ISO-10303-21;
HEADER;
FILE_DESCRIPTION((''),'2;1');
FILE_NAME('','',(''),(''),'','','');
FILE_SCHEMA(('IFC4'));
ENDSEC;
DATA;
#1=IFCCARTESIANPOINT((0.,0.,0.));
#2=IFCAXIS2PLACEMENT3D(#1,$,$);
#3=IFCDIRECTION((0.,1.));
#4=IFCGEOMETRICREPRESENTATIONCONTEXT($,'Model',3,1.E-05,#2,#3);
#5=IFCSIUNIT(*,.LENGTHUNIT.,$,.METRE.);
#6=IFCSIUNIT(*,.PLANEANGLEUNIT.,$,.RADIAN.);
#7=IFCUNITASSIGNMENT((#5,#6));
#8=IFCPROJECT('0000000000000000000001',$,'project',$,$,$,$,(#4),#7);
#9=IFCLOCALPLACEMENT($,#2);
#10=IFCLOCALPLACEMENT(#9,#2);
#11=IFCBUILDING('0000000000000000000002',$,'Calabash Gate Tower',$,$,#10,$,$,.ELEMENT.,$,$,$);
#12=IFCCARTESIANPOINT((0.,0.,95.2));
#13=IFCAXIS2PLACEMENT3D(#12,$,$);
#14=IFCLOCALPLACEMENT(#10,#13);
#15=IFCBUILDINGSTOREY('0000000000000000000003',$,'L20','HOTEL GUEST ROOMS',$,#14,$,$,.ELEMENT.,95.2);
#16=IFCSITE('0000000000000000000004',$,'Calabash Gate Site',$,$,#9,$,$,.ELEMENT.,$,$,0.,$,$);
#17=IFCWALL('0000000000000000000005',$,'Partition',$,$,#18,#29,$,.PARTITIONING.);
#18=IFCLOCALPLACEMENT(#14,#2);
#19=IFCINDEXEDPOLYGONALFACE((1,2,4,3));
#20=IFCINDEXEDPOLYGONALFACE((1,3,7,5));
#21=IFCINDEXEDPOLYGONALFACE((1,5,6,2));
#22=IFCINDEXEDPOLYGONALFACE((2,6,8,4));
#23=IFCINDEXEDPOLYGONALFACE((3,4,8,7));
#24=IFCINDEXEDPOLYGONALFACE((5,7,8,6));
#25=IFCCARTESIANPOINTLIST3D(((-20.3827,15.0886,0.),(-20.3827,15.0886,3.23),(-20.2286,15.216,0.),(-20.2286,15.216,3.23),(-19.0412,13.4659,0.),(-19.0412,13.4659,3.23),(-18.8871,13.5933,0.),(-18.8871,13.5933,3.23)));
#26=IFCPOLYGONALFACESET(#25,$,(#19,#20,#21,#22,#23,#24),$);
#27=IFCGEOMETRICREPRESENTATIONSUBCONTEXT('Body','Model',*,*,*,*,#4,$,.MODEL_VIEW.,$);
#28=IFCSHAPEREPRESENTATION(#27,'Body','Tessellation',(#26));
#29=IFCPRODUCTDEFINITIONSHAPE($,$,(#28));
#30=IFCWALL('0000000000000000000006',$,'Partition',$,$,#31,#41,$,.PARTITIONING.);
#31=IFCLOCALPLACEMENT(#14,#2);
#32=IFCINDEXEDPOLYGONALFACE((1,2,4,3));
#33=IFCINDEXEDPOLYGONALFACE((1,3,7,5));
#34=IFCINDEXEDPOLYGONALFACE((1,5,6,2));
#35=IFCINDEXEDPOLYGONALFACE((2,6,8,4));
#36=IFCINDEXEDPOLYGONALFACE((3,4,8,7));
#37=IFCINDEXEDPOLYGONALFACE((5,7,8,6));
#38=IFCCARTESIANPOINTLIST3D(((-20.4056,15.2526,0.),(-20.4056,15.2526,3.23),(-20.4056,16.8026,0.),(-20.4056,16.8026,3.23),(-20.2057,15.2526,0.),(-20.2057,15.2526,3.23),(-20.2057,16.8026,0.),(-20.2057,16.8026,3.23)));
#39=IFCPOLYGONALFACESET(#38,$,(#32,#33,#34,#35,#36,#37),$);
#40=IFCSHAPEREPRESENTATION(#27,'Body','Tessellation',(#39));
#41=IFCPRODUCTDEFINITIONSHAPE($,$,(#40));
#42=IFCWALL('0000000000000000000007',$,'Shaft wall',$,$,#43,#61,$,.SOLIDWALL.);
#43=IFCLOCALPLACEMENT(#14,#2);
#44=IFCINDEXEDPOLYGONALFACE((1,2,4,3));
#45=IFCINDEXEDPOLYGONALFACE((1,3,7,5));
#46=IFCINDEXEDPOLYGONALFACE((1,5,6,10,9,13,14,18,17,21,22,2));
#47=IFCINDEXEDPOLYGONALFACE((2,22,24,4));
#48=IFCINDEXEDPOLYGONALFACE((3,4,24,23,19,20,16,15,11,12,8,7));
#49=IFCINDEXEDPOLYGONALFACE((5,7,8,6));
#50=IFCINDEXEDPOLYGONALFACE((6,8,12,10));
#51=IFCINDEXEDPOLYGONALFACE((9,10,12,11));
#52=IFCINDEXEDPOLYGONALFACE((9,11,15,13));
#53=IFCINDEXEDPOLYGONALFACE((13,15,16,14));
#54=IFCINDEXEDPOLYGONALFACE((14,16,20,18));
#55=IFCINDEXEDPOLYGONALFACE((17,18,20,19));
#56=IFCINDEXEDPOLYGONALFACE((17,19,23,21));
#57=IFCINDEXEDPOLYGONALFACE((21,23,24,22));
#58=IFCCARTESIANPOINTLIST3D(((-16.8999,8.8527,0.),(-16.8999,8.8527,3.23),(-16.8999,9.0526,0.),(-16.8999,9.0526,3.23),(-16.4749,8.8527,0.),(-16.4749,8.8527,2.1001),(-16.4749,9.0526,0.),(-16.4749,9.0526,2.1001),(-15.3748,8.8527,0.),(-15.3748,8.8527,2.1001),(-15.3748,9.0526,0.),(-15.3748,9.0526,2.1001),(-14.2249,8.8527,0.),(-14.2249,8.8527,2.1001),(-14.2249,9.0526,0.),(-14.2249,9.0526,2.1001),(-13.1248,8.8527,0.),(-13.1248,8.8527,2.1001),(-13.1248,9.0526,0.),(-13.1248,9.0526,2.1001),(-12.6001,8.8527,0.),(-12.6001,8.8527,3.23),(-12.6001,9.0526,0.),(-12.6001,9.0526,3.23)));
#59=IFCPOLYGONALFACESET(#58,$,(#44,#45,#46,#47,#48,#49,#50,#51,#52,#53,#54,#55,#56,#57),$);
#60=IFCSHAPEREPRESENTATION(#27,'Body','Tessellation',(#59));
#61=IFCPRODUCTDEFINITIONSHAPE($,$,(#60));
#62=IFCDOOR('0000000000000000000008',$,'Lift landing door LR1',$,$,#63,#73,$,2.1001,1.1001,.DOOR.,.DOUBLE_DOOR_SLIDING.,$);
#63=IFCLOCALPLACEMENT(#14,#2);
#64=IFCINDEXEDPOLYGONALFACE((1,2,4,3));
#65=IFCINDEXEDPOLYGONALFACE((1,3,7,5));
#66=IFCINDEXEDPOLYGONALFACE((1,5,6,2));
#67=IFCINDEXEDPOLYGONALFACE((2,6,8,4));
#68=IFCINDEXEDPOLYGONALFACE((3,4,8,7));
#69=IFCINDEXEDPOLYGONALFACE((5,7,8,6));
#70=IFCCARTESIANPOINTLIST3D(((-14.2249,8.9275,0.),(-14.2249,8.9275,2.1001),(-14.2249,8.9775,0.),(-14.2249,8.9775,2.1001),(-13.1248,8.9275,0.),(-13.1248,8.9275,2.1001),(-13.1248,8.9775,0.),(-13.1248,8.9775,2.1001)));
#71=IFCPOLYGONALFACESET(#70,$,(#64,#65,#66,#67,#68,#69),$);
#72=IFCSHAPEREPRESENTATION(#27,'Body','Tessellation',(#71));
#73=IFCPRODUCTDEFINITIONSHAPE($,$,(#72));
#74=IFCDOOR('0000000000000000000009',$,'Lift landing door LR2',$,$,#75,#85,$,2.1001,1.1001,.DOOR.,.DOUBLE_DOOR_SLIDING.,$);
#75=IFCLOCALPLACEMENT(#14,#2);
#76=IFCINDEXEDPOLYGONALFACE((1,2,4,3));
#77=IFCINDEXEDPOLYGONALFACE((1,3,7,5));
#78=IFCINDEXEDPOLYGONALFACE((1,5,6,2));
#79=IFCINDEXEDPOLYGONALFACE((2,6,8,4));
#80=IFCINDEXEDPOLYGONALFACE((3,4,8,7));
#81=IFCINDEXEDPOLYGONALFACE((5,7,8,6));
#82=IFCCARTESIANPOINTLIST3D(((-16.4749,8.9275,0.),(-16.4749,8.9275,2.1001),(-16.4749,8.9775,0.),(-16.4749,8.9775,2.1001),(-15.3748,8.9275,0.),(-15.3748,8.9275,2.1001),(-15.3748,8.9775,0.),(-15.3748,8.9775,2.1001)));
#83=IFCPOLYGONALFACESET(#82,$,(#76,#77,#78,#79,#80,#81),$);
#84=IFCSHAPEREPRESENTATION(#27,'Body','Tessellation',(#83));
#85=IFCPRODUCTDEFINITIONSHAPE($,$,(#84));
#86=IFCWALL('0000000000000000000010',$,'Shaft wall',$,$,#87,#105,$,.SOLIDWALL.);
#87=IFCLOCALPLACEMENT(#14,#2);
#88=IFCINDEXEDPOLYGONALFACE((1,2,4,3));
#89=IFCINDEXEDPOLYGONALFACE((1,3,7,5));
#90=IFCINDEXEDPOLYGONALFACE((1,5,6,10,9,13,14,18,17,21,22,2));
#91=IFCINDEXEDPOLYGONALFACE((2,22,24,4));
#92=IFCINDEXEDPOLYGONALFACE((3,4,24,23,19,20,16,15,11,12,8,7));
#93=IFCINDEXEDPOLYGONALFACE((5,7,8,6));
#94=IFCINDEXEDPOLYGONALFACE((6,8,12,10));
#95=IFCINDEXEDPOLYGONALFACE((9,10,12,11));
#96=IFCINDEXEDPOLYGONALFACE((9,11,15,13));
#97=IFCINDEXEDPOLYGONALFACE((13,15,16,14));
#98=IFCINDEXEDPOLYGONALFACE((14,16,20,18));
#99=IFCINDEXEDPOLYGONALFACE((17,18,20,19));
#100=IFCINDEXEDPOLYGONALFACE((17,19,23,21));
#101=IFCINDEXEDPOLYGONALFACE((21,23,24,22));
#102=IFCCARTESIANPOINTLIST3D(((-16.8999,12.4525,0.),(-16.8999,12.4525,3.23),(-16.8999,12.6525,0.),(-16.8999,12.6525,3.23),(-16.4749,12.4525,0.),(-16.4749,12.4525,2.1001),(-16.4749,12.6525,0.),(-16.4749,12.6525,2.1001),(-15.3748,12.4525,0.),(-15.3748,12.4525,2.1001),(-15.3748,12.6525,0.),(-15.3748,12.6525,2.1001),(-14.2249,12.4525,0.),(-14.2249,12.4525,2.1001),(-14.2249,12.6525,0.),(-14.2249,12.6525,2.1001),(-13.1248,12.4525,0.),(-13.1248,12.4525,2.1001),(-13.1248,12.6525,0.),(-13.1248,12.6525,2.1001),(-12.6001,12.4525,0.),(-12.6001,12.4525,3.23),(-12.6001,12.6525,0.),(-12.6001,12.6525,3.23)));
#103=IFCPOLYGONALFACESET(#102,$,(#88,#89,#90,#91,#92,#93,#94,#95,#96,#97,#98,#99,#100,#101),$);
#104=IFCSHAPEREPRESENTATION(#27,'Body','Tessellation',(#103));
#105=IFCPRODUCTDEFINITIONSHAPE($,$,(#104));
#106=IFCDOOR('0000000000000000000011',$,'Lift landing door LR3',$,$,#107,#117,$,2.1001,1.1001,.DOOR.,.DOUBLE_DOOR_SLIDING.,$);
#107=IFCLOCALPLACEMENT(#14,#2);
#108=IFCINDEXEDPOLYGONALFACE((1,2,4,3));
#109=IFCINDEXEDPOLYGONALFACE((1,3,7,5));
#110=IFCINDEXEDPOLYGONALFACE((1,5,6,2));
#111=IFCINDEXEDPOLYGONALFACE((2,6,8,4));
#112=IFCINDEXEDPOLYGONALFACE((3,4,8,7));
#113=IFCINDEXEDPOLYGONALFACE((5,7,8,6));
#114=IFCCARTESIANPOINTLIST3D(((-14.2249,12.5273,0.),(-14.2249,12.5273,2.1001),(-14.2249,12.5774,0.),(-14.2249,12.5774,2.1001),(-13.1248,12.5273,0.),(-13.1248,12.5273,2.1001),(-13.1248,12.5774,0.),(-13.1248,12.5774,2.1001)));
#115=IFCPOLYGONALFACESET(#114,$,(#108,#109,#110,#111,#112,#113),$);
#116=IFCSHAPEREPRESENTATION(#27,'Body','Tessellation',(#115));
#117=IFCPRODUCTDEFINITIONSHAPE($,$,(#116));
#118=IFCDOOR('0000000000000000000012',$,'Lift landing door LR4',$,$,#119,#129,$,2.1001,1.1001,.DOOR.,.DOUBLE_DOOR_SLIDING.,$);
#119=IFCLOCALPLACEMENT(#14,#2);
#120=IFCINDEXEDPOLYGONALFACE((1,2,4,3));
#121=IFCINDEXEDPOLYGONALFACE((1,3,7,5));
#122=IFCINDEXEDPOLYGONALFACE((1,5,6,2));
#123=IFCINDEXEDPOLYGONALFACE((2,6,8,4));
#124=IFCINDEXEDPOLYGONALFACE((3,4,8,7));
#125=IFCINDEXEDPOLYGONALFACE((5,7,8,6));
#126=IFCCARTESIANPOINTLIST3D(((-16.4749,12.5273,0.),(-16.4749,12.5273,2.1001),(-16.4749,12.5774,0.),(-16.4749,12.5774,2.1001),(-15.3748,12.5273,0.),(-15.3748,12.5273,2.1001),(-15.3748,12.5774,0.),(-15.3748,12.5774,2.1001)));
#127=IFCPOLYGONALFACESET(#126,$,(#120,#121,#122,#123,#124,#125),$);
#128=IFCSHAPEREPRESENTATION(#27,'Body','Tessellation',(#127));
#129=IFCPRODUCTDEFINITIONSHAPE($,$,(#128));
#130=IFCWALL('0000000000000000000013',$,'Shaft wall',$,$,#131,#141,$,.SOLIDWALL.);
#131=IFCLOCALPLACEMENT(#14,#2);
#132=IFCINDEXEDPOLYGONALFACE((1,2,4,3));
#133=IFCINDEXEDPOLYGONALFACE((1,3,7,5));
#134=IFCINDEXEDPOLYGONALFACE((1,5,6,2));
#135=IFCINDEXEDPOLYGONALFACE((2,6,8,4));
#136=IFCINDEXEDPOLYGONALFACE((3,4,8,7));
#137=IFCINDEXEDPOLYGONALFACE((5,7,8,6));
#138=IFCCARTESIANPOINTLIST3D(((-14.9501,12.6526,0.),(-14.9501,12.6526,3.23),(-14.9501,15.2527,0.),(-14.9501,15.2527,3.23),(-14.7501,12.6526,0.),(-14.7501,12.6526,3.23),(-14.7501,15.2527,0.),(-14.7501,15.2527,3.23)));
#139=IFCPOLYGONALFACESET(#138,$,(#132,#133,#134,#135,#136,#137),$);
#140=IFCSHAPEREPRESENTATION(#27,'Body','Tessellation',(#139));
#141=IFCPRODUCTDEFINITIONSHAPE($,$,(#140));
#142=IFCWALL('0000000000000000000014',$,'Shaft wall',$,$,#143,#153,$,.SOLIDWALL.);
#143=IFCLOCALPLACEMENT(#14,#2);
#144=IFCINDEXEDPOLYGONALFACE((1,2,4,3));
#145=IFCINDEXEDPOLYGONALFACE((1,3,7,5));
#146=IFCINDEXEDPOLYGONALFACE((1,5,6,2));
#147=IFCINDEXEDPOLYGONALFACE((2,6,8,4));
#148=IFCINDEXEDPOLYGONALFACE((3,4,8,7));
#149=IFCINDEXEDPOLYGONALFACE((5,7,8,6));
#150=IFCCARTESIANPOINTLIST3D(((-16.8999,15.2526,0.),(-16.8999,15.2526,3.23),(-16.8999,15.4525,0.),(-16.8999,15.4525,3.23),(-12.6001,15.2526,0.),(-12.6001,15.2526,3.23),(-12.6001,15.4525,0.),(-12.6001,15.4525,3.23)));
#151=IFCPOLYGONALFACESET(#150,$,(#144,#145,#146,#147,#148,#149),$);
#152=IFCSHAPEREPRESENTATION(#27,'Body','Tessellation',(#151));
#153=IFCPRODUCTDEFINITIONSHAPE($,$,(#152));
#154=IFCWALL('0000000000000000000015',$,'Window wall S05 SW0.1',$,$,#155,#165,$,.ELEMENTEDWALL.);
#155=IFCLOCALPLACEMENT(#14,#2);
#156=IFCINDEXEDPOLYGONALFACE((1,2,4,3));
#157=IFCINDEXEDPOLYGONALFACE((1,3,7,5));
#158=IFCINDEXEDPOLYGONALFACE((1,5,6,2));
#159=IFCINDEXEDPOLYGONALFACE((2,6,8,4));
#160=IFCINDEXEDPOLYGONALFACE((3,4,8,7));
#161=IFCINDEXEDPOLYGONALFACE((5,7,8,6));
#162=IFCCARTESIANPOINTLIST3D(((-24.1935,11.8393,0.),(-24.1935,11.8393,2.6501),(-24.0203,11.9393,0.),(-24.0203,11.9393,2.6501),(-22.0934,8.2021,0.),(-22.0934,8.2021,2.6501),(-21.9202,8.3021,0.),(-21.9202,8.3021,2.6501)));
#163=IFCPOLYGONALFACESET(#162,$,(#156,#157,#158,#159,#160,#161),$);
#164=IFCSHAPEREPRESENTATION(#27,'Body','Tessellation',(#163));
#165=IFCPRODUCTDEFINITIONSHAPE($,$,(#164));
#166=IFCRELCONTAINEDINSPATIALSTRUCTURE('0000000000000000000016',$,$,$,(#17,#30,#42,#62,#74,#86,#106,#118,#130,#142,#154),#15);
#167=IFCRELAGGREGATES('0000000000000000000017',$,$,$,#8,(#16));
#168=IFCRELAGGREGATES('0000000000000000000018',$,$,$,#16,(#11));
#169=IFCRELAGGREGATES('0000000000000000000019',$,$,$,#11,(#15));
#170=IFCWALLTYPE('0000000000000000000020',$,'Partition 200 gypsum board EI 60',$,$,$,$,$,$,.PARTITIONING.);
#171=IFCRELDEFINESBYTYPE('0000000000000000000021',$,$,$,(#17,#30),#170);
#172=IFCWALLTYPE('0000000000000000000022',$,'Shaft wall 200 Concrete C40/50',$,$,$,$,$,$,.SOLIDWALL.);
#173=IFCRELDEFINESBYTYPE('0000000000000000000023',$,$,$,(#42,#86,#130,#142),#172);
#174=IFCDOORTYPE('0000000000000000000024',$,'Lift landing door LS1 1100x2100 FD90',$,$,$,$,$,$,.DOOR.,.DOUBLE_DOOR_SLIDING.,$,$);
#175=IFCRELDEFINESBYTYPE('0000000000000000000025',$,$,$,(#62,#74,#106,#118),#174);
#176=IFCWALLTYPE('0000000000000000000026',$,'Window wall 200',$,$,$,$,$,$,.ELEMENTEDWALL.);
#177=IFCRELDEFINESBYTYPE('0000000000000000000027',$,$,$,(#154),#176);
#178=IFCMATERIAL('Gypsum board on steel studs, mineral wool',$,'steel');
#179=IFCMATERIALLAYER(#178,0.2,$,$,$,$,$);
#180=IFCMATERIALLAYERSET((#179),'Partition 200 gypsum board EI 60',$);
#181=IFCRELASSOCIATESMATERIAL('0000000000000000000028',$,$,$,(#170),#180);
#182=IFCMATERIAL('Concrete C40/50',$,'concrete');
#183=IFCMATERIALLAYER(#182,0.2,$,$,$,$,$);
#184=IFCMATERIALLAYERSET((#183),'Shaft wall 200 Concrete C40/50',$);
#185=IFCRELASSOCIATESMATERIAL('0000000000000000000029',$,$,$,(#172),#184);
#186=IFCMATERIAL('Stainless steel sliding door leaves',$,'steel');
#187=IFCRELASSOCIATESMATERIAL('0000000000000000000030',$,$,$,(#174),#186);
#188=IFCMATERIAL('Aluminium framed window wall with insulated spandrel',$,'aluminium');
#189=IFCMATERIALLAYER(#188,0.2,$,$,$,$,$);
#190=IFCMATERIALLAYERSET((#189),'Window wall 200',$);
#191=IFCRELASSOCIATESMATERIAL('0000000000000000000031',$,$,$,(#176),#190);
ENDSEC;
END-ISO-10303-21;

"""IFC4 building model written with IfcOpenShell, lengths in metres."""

from ifc_helpers import new_model, si_unit, direction, frame, frame_2d, origin, place, context, subcontext, project, spatial, rectangle, extrude, material, layer, layer_set, type_object, element, fill, save


model = new_model("IFC4")

# Units and contexts
model_context = context("Model", 3, precision=1e-05, world=origin(), true_north=direction((0.0, 1.0)))
body_context = subcontext(model_context, "Body", "Model", "MODEL_VIEW")
ifc_project = project(units=[si_unit("LENGTHUNIT", "METRE"), si_unit("PLANEANGLEUNIT", "RADIAN")], contexts=[model_context])

# Site, building, storey
site_placement = place(None, origin())
site = spatial("IfcSite", under=ifc_project, at=site_placement, Name="Calabash Gate Site", CompositionType="ELEMENT", RefElevation=0.0)
building_placement = place(site_placement, origin())
building = spatial("IfcBuilding", under=site, at=building_placement, Name="Calabash Gate Tower", CompositionType="ELEMENT")
storey_placement = place(building_placement, frame((0.0, 0.0, 95.2)))
storey = spatial("IfcBuildingStorey", under=building, at=storey_placement, Name="L20", Description="HOTEL GUEST ROOMS", CompositionType="ELEMENT", Elevation=95.2)

# Shared definitions
ifc_material_1 = material(Name="Gypsum board on steel studs, mineral wool", Category="steel")
ifc_layer_1 = layer(ifc_material_1, 0.2)
ifc_layer_set_1 = layer_set([ifc_layer_1], Name="Partition 200 gypsum board EI 60")
wall_type_1 = type_object("IfcWallType", Name="Partition 200 gypsum board EI 60", PredefinedType="PARTITIONING", material=ifc_layer_set_1)

# Walls
wall_1_placement = place(storey_placement, frame((-20.3057, 15.1523, 0.0), z_axis=(0.0, 0.0, 1.0), x_axis=(0.637157, -0.770734, 0.0)))
element("IfcWall", 1, at=wall_1_placement, inside=storey, type_object=wall_type_1, Name="Partition", PredefinedType="PARTITIONING", context=body_context, shape_type="SweptSolid", body=[
    extrude(rectangle(XDim=2.1055, YDim=0.2, at=frame_2d((1.0527, 0.0))), origin(), (0.0, 0.0, 1.0), 3.23),
])
wall_2_placement = place(storey_placement, frame((-20.3057, 16.8025, 0.0), z_axis=(0.0, 0.0, 1.0), x_axis=(0.0, -1.0, 0.0)))
element("IfcWall", 2, at=wall_2_placement, inside=storey, type_object=wall_type_1, Name="Partition", PredefinedType="PARTITIONING", context=body_context, shape_type="SweptSolid", body=[
    extrude(rectangle(XDim=1.55, YDim=0.2, at=frame_2d((0.7749, 0.0))), origin(), (0.0, 0.0, 1.0), 3.23),
])

# Walls, openings, doors
ifc_material_2 = material(Name="Concrete C40/50", Category="concrete")
ifc_layer_2 = layer(ifc_material_2, 0.2)
ifc_layer_set_2 = layer_set([ifc_layer_2], Name="Shaft wall 200 Concrete C40/50")
wall_type_2 = type_object("IfcWallType", Name="Shaft wall 200 Concrete C40/50", PredefinedType="SOLIDWALL", material=ifc_layer_set_2)
wall_3_placement = place(storey_placement, frame((-16.8999, 8.9526, 0.0), z_axis=(0.0, 0.0, 1.0), x_axis=(1.0, 0.0, 0.0)))
wall_3 = element("IfcWall", 3, at=wall_3_placement, inside=storey, type_object=wall_type_2, Name="Shaft wall", PredefinedType="SOLIDWALL", context=body_context, shape_type="SweptSolid", body=[
    extrude(rectangle(XDim=4.2998, YDim=0.2, at=frame_2d((2.1499, 0.0))), origin(), (0.0, 0.0, 1.0), 3.23),
])
opening_1_placement = place(wall_3_placement, frame((2.675, 0.0, 0.0)))
opening_1 = element("IfcOpeningElement", 4, at=opening_1_placement, cuts=wall_3, PredefinedType="OPENING", context=body_context, shape_type="SweptSolid", body=[
    extrude(rectangle(XDim=1.1001, YDim=2.1001, at=frame_2d((0.55, 1.05))), frame((0.0, 0.1099, 0.0), z_axis=(0.0, -1.0, 0.0), x_axis=(1.0, 0.0, 0.0)), (0.0, 0.0, 1.0), 0.22),
])
opening_2_placement = place(wall_3_placement, frame((0.425, 0.0, 0.0)))
opening_2 = element("IfcOpeningElement", 5, at=opening_2_placement, cuts=wall_3, PredefinedType="OPENING", context=body_context, shape_type="SweptSolid", body=[
    extrude(rectangle(XDim=1.1001, YDim=2.1001, at=frame_2d((0.55, 1.05))), frame((0.0, 0.1099, 0.0), z_axis=(0.0, -1.0, 0.0), x_axis=(1.0, 0.0, 0.0)), (0.0, 0.0, 1.0), 0.22),
])
ifc_material_3 = material(Name="Stainless steel sliding door leaves", Category="steel")
door_type_1 = type_object("IfcDoorType", Name="Lift landing door LS1 1100x2100 FD90", OperationType="DOUBLE_DOOR_SLIDING", PredefinedType="DOOR", material=ifc_material_3)
door_1_placement = place(opening_1_placement, origin())
door_1 = element("IfcDoor", 6, at=door_1_placement, inside=storey, type_object=door_type_1, Name="Lift landing door LR1", OperationType="DOUBLE_DOOR_SLIDING", OverallHeight=2.1001, OverallWidth=1.1001, PredefinedType="DOOR", context=body_context, shape_type="SweptSolid", body=[
    extrude(rectangle(XDim=1.1001, YDim=2.1001, at=frame_2d((0.55, 1.05))), frame((0.0, 0.0249, 0.0), z_axis=(0.0, -1.0, 0.0), x_axis=(1.0, 0.0, 0.0)), (0.0, 0.0, 1.0), 0.05),
])
fill(opening_1, door_1)
door_2_placement = place(opening_2_placement, origin())
door_2 = element("IfcDoor", 7, at=door_2_placement, inside=storey, type_object=door_type_1, Name="Lift landing door LR2", OperationType="DOUBLE_DOOR_SLIDING", OverallHeight=2.1001, OverallWidth=1.1001, PredefinedType="DOOR", context=body_context, shape_type="SweptSolid", body=[
    extrude(rectangle(XDim=1.1001, YDim=2.1001, at=frame_2d((0.55, 1.05))), frame((0.0, 0.0249, 0.0), z_axis=(0.0, -1.0, 0.0), x_axis=(1.0, 0.0, 0.0)), (0.0, 0.0, 1.0), 0.05),
])
fill(opening_2, door_2)
wall_4_placement = place(storey_placement, frame((-16.8999, 12.5525, 0.0), z_axis=(0.0, 0.0, 1.0), x_axis=(1.0, 0.0, 0.0)))
wall_4 = element("IfcWall", 8, at=wall_4_placement, inside=storey, type_object=wall_type_2, Name="Shaft wall", PredefinedType="SOLIDWALL", context=body_context, shape_type="SweptSolid", body=[
    extrude(rectangle(XDim=4.2998, YDim=0.2, at=frame_2d((2.1499, 0.0))), origin(), (0.0, 0.0, 1.0), 3.23),
])
opening_3_placement = place(wall_4_placement, frame((2.675, 0.0, 0.0)))
opening_3 = element("IfcOpeningElement", 9, at=opening_3_placement, cuts=wall_4, PredefinedType="OPENING", context=body_context, shape_type="SweptSolid", body=[
    extrude(rectangle(XDim=1.1001, YDim=2.1001, at=frame_2d((0.55, 1.05))), frame((0.0, 0.1099, 0.0), z_axis=(0.0, -1.0, 0.0), x_axis=(1.0, 0.0, 0.0)), (0.0, 0.0, 1.0), 0.22),
])
opening_4_placement = place(wall_4_placement, frame((0.425, 0.0, 0.0)))
opening_4 = element("IfcOpeningElement", 10, at=opening_4_placement, cuts=wall_4, PredefinedType="OPENING", context=body_context, shape_type="SweptSolid", body=[
    extrude(rectangle(XDim=1.1001, YDim=2.1001, at=frame_2d((0.55, 1.05))), frame((0.0, 0.1099, 0.0), z_axis=(0.0, -1.0, 0.0), x_axis=(1.0, 0.0, 0.0)), (0.0, 0.0, 1.0), 0.22),
])
door_3_placement = place(opening_3_placement, origin())
door_3 = element("IfcDoor", 11, at=door_3_placement, inside=storey, type_object=door_type_1, Name="Lift landing door LR3", OperationType="DOUBLE_DOOR_SLIDING", OverallHeight=2.1001, OverallWidth=1.1001, PredefinedType="DOOR", context=body_context, shape_type="SweptSolid", body=[
    extrude(rectangle(XDim=1.1001, YDim=2.1001, at=frame_2d((0.55, 1.05))), frame((0.0, 0.0249, 0.0), z_axis=(0.0, -1.0, 0.0), x_axis=(1.0, 0.0, 0.0)), (0.0, 0.0, 1.0), 0.05),
])
fill(opening_3, door_3)
door_4_placement = place(opening_4_placement, origin())
door_4 = element("IfcDoor", 12, at=door_4_placement, inside=storey, type_object=door_type_1, Name="Lift landing door LR4", OperationType="DOUBLE_DOOR_SLIDING", OverallHeight=2.1001, OverallWidth=1.1001, PredefinedType="DOOR", context=body_context, shape_type="SweptSolid", body=[
    extrude(rectangle(XDim=1.1001, YDim=2.1001, at=frame_2d((0.55, 1.05))), frame((0.0, 0.0249, 0.0), z_axis=(0.0, -1.0, 0.0), x_axis=(1.0, 0.0, 0.0)), (0.0, 0.0, 1.0), 0.05),
])
fill(opening_4, door_4)

# Walls
wall_5_placement = place(storey_placement, frame((-14.8501, 12.6526, 0.0), z_axis=(0.0, 0.0, 1.0), x_axis=(0.0, 1.0, 0.0)))
element("IfcWall", 13, at=wall_5_placement, inside=storey, type_object=wall_type_2, Name="Shaft wall", PredefinedType="SOLIDWALL", context=body_context, shape_type="SweptSolid", body=[
    extrude(rectangle(XDim=2.6001, YDim=0.2, at=frame_2d((1.3, 0.0))), origin(), (0.0, 0.0, 1.0), 3.23),
])
wall_6_placement = place(storey_placement, frame((-16.8999, 15.3525, 0.0), z_axis=(0.0, 0.0, 1.0), x_axis=(1.0, 0.0, 0.0)))
element("IfcWall", 14, at=wall_6_placement, inside=storey, type_object=wall_type_2, Name="Shaft wall", PredefinedType="SOLIDWALL", context=body_context, shape_type="SweptSolid", body=[
    extrude(rectangle(XDim=4.2998, YDim=0.2, at=frame_2d((2.1499, 0.0))), origin(), (0.0, 0.0, 1.0), 3.23),
])
ifc_material_4 = material(Name="Aluminium framed window wall with insulated spandrel", Category="aluminium")
ifc_layer_3 = layer(ifc_material_4, 0.2)
ifc_layer_set_3 = layer_set([ifc_layer_3], Name="Window wall 200")
wall_type_3 = type_object("IfcWallType", Name="Window wall 200", PredefinedType="ELEMENTEDWALL", material=ifc_layer_set_3)
wall_7_placement = place(storey_placement, frame((-24.1069, 11.8894, 0.0), z_axis=(0.0, 0.0, 1.0), x_axis=(0.500028, -0.866009, 0.0)))
element("IfcWall", 15, at=wall_7_placement, inside=storey, type_object=wall_type_3, Name="Window wall S05 SW0.1", PredefinedType="ELEMENTEDWALL", context=body_context, shape_type="SweptSolid", body=[
    extrude(rectangle(XDim=4.2, YDim=0.2, at=frame_2d((2.1001, 0.0))), origin(), (0.0, 0.0, 1.0), 2.6501),
])

save(model, "model.ifc")
